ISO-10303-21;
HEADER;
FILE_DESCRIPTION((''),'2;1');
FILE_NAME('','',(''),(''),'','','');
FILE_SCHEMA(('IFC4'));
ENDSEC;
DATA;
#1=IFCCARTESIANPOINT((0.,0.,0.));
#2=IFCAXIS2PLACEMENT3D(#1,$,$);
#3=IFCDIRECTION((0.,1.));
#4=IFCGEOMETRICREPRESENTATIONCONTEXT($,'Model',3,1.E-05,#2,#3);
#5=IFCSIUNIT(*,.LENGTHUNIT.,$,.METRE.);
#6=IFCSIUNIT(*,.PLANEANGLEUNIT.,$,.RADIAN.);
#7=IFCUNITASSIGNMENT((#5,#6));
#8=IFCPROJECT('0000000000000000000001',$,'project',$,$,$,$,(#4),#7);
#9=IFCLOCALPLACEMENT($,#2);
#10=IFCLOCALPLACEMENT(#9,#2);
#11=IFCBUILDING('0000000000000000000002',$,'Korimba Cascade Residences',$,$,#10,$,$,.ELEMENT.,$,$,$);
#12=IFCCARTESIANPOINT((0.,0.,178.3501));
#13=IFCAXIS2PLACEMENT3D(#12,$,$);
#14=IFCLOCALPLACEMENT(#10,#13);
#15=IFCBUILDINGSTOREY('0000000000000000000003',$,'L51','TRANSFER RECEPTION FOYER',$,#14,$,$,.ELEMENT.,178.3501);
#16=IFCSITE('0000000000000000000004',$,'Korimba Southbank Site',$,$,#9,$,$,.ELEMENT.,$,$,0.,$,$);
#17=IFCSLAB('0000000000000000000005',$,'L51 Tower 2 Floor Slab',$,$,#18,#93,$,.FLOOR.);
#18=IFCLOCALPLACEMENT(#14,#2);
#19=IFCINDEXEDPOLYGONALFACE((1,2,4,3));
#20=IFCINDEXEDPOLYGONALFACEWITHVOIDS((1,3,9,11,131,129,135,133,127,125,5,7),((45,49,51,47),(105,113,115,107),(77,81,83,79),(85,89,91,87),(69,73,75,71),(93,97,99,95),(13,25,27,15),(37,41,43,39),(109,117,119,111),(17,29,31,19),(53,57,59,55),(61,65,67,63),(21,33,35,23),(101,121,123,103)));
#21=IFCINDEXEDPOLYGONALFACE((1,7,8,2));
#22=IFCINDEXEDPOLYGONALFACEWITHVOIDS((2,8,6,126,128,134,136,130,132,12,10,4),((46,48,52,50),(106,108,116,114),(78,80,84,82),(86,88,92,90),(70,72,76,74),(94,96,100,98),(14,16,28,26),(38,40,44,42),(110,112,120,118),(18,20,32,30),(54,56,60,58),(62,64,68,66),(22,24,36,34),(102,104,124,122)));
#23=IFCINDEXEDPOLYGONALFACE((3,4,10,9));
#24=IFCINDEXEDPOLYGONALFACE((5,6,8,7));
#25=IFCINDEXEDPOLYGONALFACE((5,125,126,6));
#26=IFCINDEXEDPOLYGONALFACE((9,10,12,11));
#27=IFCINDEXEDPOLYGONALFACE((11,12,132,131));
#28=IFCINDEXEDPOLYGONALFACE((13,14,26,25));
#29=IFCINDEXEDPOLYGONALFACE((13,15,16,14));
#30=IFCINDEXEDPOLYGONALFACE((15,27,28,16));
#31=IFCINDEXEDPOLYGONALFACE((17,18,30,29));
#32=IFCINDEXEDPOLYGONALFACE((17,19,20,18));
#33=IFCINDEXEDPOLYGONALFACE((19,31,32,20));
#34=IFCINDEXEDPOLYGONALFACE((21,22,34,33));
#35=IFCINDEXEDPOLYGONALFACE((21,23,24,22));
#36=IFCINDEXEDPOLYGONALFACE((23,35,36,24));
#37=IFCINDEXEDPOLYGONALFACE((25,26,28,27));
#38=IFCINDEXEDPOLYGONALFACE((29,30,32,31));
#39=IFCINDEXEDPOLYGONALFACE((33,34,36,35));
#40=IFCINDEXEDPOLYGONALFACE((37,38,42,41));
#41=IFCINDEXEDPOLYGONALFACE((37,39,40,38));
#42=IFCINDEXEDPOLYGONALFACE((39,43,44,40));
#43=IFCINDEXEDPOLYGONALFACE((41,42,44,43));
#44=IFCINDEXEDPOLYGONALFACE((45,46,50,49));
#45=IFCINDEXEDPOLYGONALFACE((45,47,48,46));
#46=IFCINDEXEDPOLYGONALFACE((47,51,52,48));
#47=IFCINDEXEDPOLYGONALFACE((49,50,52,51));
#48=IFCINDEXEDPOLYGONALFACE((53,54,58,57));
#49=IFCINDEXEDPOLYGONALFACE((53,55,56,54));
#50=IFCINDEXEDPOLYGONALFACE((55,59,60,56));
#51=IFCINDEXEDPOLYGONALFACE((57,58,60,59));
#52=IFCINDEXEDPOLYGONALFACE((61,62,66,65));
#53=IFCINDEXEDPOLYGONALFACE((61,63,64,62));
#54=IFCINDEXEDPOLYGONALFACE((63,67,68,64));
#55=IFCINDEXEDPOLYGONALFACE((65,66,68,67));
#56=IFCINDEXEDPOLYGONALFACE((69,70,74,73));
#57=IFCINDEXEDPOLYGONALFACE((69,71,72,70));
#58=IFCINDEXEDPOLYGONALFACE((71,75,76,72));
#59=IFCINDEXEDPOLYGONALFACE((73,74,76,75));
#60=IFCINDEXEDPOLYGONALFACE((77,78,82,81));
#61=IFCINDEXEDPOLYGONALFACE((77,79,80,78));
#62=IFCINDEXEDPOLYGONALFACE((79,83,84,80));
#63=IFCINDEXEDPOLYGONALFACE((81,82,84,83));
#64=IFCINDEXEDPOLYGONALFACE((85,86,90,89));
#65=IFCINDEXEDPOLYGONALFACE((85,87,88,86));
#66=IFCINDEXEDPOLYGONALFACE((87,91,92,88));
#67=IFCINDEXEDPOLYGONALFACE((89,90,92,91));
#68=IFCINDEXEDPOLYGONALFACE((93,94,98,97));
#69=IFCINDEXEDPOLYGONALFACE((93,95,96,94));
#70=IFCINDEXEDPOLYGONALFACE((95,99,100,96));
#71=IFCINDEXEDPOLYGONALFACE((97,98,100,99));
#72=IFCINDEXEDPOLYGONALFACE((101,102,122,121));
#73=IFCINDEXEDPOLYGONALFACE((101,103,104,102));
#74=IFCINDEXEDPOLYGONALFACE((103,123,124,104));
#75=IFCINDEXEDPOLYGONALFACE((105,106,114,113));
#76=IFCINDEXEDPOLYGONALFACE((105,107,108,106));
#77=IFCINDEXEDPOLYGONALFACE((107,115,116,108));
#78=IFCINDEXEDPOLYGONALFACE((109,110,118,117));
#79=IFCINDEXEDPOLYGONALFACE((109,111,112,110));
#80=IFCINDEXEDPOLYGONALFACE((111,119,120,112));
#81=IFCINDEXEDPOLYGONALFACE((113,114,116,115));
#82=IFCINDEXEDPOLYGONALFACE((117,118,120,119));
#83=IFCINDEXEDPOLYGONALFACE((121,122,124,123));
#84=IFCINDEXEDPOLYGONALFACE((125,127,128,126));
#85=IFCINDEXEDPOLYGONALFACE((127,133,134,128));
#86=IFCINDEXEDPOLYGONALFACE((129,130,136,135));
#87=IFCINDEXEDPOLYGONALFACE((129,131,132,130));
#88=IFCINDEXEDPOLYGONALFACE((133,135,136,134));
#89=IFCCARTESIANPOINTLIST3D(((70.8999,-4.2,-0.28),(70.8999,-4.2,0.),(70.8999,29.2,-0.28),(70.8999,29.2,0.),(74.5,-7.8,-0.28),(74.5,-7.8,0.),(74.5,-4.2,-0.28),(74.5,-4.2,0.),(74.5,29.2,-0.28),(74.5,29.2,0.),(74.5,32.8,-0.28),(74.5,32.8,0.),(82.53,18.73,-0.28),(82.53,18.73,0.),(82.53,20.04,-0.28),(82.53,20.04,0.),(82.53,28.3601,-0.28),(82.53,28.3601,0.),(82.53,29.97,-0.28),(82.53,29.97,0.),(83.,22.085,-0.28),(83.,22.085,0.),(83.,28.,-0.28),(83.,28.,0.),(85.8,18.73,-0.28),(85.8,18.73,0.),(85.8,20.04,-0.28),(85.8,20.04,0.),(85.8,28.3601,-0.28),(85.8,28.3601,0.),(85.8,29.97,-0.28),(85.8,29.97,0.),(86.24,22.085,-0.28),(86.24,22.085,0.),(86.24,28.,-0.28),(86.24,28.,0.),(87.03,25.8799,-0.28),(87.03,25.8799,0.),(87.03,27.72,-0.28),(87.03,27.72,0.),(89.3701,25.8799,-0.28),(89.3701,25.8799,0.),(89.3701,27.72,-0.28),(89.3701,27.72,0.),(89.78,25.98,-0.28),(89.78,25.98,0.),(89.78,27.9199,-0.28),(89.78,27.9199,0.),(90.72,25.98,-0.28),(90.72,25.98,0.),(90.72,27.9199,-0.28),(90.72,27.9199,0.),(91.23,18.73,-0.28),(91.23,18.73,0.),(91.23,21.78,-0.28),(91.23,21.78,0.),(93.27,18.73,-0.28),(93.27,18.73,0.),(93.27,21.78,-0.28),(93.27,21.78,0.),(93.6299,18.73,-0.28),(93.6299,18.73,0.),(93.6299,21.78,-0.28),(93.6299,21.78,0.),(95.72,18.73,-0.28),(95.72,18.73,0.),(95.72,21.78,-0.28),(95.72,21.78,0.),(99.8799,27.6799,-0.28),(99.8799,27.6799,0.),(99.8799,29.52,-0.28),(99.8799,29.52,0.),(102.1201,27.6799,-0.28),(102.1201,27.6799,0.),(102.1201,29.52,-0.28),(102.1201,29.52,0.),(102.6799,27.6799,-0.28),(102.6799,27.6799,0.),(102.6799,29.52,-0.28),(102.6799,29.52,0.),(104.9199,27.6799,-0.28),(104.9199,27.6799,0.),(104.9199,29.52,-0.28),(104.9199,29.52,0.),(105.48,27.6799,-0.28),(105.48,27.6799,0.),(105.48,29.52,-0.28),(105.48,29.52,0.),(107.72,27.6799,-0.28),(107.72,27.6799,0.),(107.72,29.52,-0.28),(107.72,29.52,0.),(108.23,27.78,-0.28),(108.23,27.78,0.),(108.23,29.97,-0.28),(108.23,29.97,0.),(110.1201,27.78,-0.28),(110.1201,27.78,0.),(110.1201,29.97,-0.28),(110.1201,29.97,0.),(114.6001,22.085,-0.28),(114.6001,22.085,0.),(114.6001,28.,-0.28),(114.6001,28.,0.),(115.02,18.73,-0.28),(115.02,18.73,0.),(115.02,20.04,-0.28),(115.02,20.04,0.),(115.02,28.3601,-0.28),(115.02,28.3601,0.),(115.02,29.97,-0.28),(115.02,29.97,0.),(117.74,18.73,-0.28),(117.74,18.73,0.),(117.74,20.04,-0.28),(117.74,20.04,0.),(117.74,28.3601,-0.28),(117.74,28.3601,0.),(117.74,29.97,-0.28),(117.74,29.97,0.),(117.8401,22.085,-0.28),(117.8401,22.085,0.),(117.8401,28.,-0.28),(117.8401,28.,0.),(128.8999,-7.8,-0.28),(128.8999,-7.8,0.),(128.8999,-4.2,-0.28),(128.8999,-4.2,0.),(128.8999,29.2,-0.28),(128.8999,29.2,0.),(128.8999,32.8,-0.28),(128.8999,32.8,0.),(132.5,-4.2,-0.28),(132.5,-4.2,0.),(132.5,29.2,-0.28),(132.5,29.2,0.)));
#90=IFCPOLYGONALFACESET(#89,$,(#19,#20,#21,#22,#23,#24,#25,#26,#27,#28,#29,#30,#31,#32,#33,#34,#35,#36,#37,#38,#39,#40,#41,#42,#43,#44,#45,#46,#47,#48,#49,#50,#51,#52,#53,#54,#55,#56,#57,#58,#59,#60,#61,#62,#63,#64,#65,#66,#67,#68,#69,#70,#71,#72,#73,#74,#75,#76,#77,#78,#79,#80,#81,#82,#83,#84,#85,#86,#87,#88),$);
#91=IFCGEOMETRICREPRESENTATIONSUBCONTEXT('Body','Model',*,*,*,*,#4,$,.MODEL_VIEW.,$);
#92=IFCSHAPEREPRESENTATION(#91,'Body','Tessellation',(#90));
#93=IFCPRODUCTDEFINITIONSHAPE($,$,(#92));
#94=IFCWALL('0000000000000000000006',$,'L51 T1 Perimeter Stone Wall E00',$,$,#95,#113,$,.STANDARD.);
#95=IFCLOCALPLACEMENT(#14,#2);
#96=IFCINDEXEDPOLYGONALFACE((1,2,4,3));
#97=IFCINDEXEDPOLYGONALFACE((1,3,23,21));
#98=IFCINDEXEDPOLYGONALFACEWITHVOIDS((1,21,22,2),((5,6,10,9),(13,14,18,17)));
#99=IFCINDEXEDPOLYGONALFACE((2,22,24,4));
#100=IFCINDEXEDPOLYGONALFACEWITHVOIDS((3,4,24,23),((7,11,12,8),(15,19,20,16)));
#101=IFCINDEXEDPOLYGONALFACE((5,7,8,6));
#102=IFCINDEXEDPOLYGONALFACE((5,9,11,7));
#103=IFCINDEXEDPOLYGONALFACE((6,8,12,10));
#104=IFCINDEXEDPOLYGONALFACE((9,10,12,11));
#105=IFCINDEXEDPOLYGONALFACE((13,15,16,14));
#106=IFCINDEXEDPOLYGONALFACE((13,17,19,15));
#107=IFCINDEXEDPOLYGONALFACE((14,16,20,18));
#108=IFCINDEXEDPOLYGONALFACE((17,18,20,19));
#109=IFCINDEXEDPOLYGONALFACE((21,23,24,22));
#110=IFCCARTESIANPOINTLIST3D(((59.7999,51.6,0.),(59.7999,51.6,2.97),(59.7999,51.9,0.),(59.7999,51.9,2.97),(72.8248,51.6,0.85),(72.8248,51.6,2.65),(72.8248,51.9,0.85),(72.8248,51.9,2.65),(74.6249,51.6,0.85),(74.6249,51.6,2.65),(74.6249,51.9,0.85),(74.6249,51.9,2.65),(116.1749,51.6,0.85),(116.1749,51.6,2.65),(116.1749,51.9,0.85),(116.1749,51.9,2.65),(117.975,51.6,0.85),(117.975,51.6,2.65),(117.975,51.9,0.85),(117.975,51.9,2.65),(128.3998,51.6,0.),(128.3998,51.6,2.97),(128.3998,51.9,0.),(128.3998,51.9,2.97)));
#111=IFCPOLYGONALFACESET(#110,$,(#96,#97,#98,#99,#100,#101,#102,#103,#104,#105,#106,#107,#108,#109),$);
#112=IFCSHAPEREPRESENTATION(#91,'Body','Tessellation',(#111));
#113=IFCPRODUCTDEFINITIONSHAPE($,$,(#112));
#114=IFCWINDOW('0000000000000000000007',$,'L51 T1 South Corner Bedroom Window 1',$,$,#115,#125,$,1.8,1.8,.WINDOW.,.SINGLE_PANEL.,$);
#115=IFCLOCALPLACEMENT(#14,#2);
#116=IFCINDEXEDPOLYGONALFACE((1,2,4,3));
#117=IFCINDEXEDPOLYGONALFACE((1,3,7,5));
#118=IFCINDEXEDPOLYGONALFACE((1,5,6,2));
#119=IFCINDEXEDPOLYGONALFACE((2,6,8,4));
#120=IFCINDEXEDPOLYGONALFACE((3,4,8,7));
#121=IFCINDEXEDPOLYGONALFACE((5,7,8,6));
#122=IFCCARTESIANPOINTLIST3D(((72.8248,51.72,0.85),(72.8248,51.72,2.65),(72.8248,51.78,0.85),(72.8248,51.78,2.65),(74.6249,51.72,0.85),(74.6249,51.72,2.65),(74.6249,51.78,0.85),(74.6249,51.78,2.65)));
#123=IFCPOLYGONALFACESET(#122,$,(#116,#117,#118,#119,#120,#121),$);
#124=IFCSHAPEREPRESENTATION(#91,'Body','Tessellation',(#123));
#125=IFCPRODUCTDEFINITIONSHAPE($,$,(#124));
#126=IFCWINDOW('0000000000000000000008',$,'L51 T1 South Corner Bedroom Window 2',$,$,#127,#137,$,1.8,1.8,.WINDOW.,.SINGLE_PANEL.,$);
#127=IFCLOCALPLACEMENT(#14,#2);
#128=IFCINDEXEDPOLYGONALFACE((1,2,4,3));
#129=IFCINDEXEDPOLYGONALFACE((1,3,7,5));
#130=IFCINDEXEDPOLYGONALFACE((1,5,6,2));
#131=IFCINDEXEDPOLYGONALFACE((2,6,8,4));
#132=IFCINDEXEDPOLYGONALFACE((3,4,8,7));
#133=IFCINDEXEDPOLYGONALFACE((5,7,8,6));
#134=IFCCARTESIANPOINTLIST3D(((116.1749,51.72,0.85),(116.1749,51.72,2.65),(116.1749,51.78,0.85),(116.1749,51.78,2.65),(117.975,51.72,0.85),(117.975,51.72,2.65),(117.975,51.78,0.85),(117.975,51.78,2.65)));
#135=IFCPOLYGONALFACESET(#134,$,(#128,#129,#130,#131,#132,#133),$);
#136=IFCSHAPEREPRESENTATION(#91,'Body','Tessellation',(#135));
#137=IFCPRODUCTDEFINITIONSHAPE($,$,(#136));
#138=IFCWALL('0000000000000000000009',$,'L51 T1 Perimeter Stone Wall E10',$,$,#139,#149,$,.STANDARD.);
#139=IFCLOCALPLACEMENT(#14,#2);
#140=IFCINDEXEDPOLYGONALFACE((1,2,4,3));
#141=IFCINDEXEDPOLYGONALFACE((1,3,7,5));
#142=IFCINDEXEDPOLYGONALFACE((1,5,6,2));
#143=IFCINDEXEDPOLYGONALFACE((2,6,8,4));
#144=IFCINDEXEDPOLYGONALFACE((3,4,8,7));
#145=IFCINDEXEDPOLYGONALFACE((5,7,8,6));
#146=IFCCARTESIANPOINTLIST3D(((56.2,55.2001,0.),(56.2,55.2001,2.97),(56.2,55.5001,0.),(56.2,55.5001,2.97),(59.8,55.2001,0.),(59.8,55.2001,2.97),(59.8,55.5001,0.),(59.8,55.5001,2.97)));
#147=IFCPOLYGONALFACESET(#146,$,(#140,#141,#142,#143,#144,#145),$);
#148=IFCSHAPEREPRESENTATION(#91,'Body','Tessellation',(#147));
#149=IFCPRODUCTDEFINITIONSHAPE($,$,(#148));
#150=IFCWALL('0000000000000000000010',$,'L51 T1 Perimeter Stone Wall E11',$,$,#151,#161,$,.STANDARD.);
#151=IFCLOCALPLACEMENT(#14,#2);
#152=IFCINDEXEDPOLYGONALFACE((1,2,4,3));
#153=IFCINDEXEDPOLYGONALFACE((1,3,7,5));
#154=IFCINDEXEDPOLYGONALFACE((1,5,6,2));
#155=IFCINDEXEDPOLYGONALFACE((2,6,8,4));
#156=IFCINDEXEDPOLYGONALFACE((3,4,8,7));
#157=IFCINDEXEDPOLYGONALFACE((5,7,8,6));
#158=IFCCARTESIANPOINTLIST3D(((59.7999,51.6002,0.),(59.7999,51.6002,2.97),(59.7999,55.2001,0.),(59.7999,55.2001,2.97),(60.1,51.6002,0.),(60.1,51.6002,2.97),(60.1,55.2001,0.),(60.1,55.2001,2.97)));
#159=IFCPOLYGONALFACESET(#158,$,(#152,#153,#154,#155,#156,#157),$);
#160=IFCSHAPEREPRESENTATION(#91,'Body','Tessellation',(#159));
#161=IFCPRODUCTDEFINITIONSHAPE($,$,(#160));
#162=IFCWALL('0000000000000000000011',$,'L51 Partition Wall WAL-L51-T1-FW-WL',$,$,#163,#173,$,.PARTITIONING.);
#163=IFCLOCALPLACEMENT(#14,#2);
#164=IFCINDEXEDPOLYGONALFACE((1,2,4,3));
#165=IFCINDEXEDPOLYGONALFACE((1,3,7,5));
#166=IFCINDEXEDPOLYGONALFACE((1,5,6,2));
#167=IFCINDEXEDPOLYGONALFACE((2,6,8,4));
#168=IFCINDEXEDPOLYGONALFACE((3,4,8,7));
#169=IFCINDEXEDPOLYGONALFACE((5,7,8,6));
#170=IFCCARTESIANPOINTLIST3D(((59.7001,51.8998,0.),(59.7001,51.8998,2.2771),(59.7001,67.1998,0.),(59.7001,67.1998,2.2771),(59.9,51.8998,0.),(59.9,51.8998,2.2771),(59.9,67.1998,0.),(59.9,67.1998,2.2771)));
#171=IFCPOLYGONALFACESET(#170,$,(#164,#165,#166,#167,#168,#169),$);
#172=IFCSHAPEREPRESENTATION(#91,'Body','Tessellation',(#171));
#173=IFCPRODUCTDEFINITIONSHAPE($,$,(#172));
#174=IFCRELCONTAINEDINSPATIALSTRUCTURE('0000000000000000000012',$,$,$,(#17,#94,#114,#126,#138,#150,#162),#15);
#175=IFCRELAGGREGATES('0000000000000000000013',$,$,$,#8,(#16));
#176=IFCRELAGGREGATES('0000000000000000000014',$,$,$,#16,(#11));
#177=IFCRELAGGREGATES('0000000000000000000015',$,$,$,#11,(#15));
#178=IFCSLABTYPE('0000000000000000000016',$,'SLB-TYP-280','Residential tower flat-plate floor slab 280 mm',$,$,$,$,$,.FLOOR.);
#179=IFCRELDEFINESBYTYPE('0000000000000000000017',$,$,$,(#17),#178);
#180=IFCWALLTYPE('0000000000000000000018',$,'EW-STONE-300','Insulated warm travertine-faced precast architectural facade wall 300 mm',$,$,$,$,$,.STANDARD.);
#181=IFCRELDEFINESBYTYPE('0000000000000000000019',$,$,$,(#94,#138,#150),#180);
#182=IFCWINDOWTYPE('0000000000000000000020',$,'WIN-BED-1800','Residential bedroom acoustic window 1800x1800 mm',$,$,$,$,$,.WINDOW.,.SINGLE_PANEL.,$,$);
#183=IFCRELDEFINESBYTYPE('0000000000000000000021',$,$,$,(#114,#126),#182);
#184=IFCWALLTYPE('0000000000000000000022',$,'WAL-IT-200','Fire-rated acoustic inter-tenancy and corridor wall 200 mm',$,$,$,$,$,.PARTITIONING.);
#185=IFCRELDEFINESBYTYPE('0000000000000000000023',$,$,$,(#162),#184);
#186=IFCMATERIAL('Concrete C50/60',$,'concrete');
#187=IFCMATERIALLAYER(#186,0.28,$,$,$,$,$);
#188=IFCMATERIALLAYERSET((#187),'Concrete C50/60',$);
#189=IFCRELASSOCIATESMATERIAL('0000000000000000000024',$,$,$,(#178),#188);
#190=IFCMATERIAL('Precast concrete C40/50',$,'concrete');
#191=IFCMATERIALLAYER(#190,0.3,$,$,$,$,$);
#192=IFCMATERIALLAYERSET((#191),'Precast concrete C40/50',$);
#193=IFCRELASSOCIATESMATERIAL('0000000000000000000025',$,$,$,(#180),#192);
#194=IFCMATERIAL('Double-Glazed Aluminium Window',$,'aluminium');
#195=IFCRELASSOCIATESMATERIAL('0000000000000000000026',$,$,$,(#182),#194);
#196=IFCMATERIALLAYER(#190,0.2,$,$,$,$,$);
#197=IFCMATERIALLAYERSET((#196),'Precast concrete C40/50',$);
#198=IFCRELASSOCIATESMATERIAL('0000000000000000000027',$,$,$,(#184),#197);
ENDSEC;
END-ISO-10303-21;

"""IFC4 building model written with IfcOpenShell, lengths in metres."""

from ifc_helpers import new_model, si_unit, direction, frame, frame_2d, origin, place, context, subcontext, project, spatial, polyline, rectangle, outline, extrude, material, layer, layer_set, type_object, element, fill, save


model = new_model("IFC4")

# Units and contexts
model_context = context("Model", 3, precision=1e-05, world=origin(), true_north=direction((0.0, 1.0)))
body_context = subcontext(model_context, "Body", "Model", "MODEL_VIEW")
ifc_project = project(units=[si_unit("LENGTHUNIT", "METRE"), si_unit("PLANEANGLEUNIT", "RADIAN")], contexts=[model_context])

# Site, building, storey
site_placement = place(None, origin())
site = spatial("IfcSite", under=ifc_project, at=site_placement, Name="Korimba Southbank Site", CompositionType="ELEMENT", RefElevation=0.0)
building_placement = place(site_placement, origin())
building = spatial("IfcBuilding", under=site, at=building_placement, Name="Korimba Cascade Residences", CompositionType="ELEMENT")
storey_placement = place(building_placement, frame((0.0, 0.0, 178.3501)))
storey = spatial("IfcBuildingStorey", under=building, at=storey_placement, Name="L51", Description="TRANSFER RECEPTION FOYER", CompositionType="ELEMENT", Elevation=178.3501)

# Shared definitions
ifc_material_1 = material(Name="Concrete C50/60", Category="concrete")

# Slab
ifc_material_2 = material(Name="Precast concrete C40/50", Category="concrete")
ifc_layer_1 = layer(ifc_material_1, 0.28)
ifc_layer_set_1 = layer_set([ifc_layer_1], Name="Concrete C50/60")
slab_type_1 = type_object("IfcSlabType", Name="SLB-TYP-280", Description="Residential tower flat-plate floor slab 280 mm", PredefinedType="FLOOR", material=ifc_layer_set_1)
slab_1_placement = place(storey_placement, frame((0.0, 0.0, -0.28)))
element("IfcSlab", 1, at=slab_1_placement, inside=storey, type_object=slab_type_1, Name="L51 Tower 2 Floor Slab", PredefinedType="FLOOR", context=body_context, shape_type="SweptSolid", body=[
    extrude(outline(polyline([(74.5, -7.8), (128.8999, -7.8), (128.8999, -4.2), (132.5, -4.2), (132.5, 29.2), (128.8999, 29.2), (128.8999, 32.8), (74.5, 32.8), (74.5, 29.2), (70.8999, 29.2), (70.8999, -4.2), (74.5, -4.2), (74.5, -7.8)]), holes=[polyline([(86.24, 22.085), (86.24, 28.0), (83.0, 28.0), (83.0, 22.085), (86.24, 22.085)]), polyline([(117.8401, 22.085), (117.8401, 28.0), (114.6001, 28.0), (114.6001, 22.085), (117.8401, 22.085)]), polyline([(87.03, 25.8799), (89.3701, 25.8799), (89.3701, 27.72), (87.03, 27.72), (87.03, 25.8799)]), polyline([(99.8799, 27.6799), (102.1201, 27.6799), (102.1201, 29.52), (99.8799, 29.52), (99.8799, 27.6799)]), polyline([(102.6799, 27.6799), (104.9199, 27.6799), (104.9199, 29.52), (102.6799, 29.52), (102.6799, 27.6799)]), polyline([(105.48, 27.6799), (107.72, 27.6799), (107.72, 29.52), (105.48, 29.52), (105.48, 27.6799)]), polyline([(89.78, 25.98), (90.72, 25.98), (90.72, 27.9199), (89.78, 27.9199), (89.78, 25.98)]), polyline([(82.53, 18.73), (85.8, 18.73), (85.8, 20.04), (82.53, 20.04), (82.53, 18.73)]), polyline([(82.53, 28.3601), (85.8, 28.3601), (85.8, 29.97), (82.53, 29.97), (82.53, 28.3601)]), polyline([(108.23, 27.78), (110.1201, 27.78), (110.1201, 29.97), (108.23, 29.97), (108.23, 27.78)]), polyline([(91.23, 18.73), (93.27, 18.73), (93.27, 21.78), (91.23, 21.78), (91.23, 18.73)]), polyline([(93.6299, 18.73), (95.72, 18.73), (95.72, 21.78), (93.6299, 21.78), (93.6299, 18.73)]), polyline([(115.02, 18.73), (117.74, 18.73), (117.74, 20.04), (115.02, 20.04), (115.02, 18.73)]), polyline([(115.02, 28.3601), (117.74, 28.3601), (117.74, 29.97), (115.02, 29.97), (115.02, 28.3601)])]), origin(), (0.0, 0.0, 1.0), 0.28),
])

# Wall, openings, windows
ifc_layer_2 = layer(ifc_material_2, 0.3)
ifc_layer_set_2 = layer_set([ifc_layer_2], Name="Precast concrete C40/50")
wall_type_1 = type_object("IfcWallType", Name="EW-STONE-300", Description="Insulated warm travertine-faced precast architectural facade wall 300 mm", PredefinedType="STANDARD", material=ifc_layer_set_2)
wall_1_placement = place(storey_placement, frame((59.8, 51.75, 0.0), z_axis=(0.0, 0.0, 1.0), x_axis=(1.0, 0.0, 0.0)))
wall_1 = element("IfcWall", 2, at=wall_1_placement, inside=storey, type_object=wall_type_1, Name="L51 T1 Perimeter Stone Wall E00", PredefinedType="STANDARD", context=body_context, shape_type="SweptSolid", body=[
    extrude(rectangle(XDim=68.5999, YDim=0.3, at=frame_2d((34.2998, 0.0))), origin(), (0.0, 0.0, 1.0), 2.97),
])
opening_1_placement = place(wall_1_placement, frame((13.0249, 0.0, 0.8501)))
opening_1 = element("IfcOpeningElement", 3, at=opening_1_placement, cuts=wall_1, PredefinedType="OPENING", context=body_context, shape_type="SweptSolid", body=[
    extrude(rectangle(XDim=1.8, YDim=1.8, at=frame_2d((0.8999, 0.8999))), frame((0.0, 0.1602, 0.0), z_axis=(0.0, -1.0, 0.0), x_axis=(1.0, 0.0, 0.0)), (0.0, 0.0, 1.0), 0.3201),
])
opening_2_placement = place(wall_1_placement, frame((56.375, 0.0, 0.8501)))
opening_2 = element("IfcOpeningElement", 4, at=opening_2_placement, cuts=wall_1, PredefinedType="OPENING", context=body_context, shape_type="SweptSolid", body=[
    extrude(rectangle(XDim=1.8, YDim=1.8, at=frame_2d((0.8999, 0.8999))), frame((0.0, 0.1602, 0.0), z_axis=(0.0, -1.0, 0.0), x_axis=(1.0, 0.0, 0.0)), (0.0, 0.0, 1.0), 0.3201),
])
ifc_material_3 = material(Name="Double-Glazed Aluminium Window", Category="aluminium")
window_type = type_object("IfcWindowType", Name="WIN-BED-1800", Description="Residential bedroom acoustic window 1800x1800 mm", PartitioningType="SINGLE_PANEL", PredefinedType="WINDOW", material=ifc_material_3)
window_1_placement = place(opening_1_placement, origin())
window_1 = element("IfcWindow", 5, at=window_1_placement, inside=storey, type_object=window_type, Name="L51 T1 South Corner Bedroom Window 1", OverallHeight=1.8, OverallWidth=1.8, PartitioningType="SINGLE_PANEL", PredefinedType="WINDOW", context=body_context, shape_type="SweptSolid", body=[
    extrude(rectangle(XDim=1.8, YDim=1.8, at=frame_2d((0.8999, 0.8999))), frame((0.0, 0.03, 0.0), z_axis=(0.0, -1.0, 0.0), x_axis=(1.0, 0.0, 0.0)), (0.0, 0.0, 1.0), 0.0601),
])
fill(opening_1, window_1)
window_2_placement = place(opening_2_placement, origin())
window_2 = element("IfcWindow", 6, at=window_2_placement, inside=storey, type_object=window_type, Name="L51 T1 South Corner Bedroom Window 2", OverallHeight=1.8, OverallWidth=1.8, PartitioningType="SINGLE_PANEL", PredefinedType="WINDOW", context=body_context, shape_type="SweptSolid", body=[
    extrude(rectangle(XDim=1.8, YDim=1.8, at=frame_2d((0.8999, 0.8999))), frame((0.0, 0.03, 0.0), z_axis=(0.0, -1.0, 0.0), x_axis=(1.0, 0.0, 0.0)), (0.0, 0.0, 1.0), 0.0601),
])
fill(opening_2, window_2)

# Walls
wall_2_placement = place(storey_placement, frame((56.2, 55.3501, 0.0), z_axis=(0.0, 0.0, 1.0), x_axis=(1.0, 0.0, 0.0)))
element("IfcWall", 7, at=wall_2_placement, inside=storey, type_object=wall_type_1, Name="L51 T1 Perimeter Stone Wall E10", PredefinedType="STANDARD", context=body_context, shape_type="SweptSolid", body=[
    extrude(rectangle(XDim=3.6001, YDim=0.3, at=frame_2d((1.8, 0.0))), origin(), (0.0, 0.0, 1.0), 2.97),
])
wall_3_placement = place(storey_placement, frame((59.95, 55.2, 0.0), z_axis=(0.0, 0.0, 1.0), x_axis=(0.0, -1.0, 0.0)))
element("IfcWall", 8, at=wall_3_placement, inside=storey, type_object=wall_type_1, Name="L51 T1 Perimeter Stone Wall E11", PredefinedType="STANDARD", context=body_context, shape_type="SweptSolid", body=[
    extrude(rectangle(XDim=3.5999, YDim=0.3, at=frame_2d((1.7998, 0.0))), origin(), (0.0, 0.0, 1.0), 2.97),
])
ifc_layer_3 = layer(ifc_material_2, 0.2)
ifc_layer_set_3 = layer_set([ifc_layer_3], Name="Precast concrete C40/50")
wall_type_2 = type_object("IfcWallType", Name="WAL-IT-200", Description="Fire-rated acoustic inter-tenancy and corridor wall 200 mm", PredefinedType="PARTITIONING", material=ifc_layer_set_3)
wall_4_placement = place(storey_placement, frame((59.8, 51.8999, 0.0), z_axis=(0.0, 0.0, 1.0), x_axis=(0.0, 1.0, 0.0)))
element("IfcWall", 9, at=wall_4_placement, inside=storey, type_object=wall_type_2, Name="L51 Partition Wall WAL-L51-T1-FW-WL", PredefinedType="PARTITIONING", context=body_context, shape_type="SweptSolid", body=[
    extrude(rectangle(XDim=15.3, YDim=0.2, at=frame_2d((7.6499, 0.0))), origin(), (0.0, 0.0, 1.0), 2.2771),
])

save(model, "model.ifc")
